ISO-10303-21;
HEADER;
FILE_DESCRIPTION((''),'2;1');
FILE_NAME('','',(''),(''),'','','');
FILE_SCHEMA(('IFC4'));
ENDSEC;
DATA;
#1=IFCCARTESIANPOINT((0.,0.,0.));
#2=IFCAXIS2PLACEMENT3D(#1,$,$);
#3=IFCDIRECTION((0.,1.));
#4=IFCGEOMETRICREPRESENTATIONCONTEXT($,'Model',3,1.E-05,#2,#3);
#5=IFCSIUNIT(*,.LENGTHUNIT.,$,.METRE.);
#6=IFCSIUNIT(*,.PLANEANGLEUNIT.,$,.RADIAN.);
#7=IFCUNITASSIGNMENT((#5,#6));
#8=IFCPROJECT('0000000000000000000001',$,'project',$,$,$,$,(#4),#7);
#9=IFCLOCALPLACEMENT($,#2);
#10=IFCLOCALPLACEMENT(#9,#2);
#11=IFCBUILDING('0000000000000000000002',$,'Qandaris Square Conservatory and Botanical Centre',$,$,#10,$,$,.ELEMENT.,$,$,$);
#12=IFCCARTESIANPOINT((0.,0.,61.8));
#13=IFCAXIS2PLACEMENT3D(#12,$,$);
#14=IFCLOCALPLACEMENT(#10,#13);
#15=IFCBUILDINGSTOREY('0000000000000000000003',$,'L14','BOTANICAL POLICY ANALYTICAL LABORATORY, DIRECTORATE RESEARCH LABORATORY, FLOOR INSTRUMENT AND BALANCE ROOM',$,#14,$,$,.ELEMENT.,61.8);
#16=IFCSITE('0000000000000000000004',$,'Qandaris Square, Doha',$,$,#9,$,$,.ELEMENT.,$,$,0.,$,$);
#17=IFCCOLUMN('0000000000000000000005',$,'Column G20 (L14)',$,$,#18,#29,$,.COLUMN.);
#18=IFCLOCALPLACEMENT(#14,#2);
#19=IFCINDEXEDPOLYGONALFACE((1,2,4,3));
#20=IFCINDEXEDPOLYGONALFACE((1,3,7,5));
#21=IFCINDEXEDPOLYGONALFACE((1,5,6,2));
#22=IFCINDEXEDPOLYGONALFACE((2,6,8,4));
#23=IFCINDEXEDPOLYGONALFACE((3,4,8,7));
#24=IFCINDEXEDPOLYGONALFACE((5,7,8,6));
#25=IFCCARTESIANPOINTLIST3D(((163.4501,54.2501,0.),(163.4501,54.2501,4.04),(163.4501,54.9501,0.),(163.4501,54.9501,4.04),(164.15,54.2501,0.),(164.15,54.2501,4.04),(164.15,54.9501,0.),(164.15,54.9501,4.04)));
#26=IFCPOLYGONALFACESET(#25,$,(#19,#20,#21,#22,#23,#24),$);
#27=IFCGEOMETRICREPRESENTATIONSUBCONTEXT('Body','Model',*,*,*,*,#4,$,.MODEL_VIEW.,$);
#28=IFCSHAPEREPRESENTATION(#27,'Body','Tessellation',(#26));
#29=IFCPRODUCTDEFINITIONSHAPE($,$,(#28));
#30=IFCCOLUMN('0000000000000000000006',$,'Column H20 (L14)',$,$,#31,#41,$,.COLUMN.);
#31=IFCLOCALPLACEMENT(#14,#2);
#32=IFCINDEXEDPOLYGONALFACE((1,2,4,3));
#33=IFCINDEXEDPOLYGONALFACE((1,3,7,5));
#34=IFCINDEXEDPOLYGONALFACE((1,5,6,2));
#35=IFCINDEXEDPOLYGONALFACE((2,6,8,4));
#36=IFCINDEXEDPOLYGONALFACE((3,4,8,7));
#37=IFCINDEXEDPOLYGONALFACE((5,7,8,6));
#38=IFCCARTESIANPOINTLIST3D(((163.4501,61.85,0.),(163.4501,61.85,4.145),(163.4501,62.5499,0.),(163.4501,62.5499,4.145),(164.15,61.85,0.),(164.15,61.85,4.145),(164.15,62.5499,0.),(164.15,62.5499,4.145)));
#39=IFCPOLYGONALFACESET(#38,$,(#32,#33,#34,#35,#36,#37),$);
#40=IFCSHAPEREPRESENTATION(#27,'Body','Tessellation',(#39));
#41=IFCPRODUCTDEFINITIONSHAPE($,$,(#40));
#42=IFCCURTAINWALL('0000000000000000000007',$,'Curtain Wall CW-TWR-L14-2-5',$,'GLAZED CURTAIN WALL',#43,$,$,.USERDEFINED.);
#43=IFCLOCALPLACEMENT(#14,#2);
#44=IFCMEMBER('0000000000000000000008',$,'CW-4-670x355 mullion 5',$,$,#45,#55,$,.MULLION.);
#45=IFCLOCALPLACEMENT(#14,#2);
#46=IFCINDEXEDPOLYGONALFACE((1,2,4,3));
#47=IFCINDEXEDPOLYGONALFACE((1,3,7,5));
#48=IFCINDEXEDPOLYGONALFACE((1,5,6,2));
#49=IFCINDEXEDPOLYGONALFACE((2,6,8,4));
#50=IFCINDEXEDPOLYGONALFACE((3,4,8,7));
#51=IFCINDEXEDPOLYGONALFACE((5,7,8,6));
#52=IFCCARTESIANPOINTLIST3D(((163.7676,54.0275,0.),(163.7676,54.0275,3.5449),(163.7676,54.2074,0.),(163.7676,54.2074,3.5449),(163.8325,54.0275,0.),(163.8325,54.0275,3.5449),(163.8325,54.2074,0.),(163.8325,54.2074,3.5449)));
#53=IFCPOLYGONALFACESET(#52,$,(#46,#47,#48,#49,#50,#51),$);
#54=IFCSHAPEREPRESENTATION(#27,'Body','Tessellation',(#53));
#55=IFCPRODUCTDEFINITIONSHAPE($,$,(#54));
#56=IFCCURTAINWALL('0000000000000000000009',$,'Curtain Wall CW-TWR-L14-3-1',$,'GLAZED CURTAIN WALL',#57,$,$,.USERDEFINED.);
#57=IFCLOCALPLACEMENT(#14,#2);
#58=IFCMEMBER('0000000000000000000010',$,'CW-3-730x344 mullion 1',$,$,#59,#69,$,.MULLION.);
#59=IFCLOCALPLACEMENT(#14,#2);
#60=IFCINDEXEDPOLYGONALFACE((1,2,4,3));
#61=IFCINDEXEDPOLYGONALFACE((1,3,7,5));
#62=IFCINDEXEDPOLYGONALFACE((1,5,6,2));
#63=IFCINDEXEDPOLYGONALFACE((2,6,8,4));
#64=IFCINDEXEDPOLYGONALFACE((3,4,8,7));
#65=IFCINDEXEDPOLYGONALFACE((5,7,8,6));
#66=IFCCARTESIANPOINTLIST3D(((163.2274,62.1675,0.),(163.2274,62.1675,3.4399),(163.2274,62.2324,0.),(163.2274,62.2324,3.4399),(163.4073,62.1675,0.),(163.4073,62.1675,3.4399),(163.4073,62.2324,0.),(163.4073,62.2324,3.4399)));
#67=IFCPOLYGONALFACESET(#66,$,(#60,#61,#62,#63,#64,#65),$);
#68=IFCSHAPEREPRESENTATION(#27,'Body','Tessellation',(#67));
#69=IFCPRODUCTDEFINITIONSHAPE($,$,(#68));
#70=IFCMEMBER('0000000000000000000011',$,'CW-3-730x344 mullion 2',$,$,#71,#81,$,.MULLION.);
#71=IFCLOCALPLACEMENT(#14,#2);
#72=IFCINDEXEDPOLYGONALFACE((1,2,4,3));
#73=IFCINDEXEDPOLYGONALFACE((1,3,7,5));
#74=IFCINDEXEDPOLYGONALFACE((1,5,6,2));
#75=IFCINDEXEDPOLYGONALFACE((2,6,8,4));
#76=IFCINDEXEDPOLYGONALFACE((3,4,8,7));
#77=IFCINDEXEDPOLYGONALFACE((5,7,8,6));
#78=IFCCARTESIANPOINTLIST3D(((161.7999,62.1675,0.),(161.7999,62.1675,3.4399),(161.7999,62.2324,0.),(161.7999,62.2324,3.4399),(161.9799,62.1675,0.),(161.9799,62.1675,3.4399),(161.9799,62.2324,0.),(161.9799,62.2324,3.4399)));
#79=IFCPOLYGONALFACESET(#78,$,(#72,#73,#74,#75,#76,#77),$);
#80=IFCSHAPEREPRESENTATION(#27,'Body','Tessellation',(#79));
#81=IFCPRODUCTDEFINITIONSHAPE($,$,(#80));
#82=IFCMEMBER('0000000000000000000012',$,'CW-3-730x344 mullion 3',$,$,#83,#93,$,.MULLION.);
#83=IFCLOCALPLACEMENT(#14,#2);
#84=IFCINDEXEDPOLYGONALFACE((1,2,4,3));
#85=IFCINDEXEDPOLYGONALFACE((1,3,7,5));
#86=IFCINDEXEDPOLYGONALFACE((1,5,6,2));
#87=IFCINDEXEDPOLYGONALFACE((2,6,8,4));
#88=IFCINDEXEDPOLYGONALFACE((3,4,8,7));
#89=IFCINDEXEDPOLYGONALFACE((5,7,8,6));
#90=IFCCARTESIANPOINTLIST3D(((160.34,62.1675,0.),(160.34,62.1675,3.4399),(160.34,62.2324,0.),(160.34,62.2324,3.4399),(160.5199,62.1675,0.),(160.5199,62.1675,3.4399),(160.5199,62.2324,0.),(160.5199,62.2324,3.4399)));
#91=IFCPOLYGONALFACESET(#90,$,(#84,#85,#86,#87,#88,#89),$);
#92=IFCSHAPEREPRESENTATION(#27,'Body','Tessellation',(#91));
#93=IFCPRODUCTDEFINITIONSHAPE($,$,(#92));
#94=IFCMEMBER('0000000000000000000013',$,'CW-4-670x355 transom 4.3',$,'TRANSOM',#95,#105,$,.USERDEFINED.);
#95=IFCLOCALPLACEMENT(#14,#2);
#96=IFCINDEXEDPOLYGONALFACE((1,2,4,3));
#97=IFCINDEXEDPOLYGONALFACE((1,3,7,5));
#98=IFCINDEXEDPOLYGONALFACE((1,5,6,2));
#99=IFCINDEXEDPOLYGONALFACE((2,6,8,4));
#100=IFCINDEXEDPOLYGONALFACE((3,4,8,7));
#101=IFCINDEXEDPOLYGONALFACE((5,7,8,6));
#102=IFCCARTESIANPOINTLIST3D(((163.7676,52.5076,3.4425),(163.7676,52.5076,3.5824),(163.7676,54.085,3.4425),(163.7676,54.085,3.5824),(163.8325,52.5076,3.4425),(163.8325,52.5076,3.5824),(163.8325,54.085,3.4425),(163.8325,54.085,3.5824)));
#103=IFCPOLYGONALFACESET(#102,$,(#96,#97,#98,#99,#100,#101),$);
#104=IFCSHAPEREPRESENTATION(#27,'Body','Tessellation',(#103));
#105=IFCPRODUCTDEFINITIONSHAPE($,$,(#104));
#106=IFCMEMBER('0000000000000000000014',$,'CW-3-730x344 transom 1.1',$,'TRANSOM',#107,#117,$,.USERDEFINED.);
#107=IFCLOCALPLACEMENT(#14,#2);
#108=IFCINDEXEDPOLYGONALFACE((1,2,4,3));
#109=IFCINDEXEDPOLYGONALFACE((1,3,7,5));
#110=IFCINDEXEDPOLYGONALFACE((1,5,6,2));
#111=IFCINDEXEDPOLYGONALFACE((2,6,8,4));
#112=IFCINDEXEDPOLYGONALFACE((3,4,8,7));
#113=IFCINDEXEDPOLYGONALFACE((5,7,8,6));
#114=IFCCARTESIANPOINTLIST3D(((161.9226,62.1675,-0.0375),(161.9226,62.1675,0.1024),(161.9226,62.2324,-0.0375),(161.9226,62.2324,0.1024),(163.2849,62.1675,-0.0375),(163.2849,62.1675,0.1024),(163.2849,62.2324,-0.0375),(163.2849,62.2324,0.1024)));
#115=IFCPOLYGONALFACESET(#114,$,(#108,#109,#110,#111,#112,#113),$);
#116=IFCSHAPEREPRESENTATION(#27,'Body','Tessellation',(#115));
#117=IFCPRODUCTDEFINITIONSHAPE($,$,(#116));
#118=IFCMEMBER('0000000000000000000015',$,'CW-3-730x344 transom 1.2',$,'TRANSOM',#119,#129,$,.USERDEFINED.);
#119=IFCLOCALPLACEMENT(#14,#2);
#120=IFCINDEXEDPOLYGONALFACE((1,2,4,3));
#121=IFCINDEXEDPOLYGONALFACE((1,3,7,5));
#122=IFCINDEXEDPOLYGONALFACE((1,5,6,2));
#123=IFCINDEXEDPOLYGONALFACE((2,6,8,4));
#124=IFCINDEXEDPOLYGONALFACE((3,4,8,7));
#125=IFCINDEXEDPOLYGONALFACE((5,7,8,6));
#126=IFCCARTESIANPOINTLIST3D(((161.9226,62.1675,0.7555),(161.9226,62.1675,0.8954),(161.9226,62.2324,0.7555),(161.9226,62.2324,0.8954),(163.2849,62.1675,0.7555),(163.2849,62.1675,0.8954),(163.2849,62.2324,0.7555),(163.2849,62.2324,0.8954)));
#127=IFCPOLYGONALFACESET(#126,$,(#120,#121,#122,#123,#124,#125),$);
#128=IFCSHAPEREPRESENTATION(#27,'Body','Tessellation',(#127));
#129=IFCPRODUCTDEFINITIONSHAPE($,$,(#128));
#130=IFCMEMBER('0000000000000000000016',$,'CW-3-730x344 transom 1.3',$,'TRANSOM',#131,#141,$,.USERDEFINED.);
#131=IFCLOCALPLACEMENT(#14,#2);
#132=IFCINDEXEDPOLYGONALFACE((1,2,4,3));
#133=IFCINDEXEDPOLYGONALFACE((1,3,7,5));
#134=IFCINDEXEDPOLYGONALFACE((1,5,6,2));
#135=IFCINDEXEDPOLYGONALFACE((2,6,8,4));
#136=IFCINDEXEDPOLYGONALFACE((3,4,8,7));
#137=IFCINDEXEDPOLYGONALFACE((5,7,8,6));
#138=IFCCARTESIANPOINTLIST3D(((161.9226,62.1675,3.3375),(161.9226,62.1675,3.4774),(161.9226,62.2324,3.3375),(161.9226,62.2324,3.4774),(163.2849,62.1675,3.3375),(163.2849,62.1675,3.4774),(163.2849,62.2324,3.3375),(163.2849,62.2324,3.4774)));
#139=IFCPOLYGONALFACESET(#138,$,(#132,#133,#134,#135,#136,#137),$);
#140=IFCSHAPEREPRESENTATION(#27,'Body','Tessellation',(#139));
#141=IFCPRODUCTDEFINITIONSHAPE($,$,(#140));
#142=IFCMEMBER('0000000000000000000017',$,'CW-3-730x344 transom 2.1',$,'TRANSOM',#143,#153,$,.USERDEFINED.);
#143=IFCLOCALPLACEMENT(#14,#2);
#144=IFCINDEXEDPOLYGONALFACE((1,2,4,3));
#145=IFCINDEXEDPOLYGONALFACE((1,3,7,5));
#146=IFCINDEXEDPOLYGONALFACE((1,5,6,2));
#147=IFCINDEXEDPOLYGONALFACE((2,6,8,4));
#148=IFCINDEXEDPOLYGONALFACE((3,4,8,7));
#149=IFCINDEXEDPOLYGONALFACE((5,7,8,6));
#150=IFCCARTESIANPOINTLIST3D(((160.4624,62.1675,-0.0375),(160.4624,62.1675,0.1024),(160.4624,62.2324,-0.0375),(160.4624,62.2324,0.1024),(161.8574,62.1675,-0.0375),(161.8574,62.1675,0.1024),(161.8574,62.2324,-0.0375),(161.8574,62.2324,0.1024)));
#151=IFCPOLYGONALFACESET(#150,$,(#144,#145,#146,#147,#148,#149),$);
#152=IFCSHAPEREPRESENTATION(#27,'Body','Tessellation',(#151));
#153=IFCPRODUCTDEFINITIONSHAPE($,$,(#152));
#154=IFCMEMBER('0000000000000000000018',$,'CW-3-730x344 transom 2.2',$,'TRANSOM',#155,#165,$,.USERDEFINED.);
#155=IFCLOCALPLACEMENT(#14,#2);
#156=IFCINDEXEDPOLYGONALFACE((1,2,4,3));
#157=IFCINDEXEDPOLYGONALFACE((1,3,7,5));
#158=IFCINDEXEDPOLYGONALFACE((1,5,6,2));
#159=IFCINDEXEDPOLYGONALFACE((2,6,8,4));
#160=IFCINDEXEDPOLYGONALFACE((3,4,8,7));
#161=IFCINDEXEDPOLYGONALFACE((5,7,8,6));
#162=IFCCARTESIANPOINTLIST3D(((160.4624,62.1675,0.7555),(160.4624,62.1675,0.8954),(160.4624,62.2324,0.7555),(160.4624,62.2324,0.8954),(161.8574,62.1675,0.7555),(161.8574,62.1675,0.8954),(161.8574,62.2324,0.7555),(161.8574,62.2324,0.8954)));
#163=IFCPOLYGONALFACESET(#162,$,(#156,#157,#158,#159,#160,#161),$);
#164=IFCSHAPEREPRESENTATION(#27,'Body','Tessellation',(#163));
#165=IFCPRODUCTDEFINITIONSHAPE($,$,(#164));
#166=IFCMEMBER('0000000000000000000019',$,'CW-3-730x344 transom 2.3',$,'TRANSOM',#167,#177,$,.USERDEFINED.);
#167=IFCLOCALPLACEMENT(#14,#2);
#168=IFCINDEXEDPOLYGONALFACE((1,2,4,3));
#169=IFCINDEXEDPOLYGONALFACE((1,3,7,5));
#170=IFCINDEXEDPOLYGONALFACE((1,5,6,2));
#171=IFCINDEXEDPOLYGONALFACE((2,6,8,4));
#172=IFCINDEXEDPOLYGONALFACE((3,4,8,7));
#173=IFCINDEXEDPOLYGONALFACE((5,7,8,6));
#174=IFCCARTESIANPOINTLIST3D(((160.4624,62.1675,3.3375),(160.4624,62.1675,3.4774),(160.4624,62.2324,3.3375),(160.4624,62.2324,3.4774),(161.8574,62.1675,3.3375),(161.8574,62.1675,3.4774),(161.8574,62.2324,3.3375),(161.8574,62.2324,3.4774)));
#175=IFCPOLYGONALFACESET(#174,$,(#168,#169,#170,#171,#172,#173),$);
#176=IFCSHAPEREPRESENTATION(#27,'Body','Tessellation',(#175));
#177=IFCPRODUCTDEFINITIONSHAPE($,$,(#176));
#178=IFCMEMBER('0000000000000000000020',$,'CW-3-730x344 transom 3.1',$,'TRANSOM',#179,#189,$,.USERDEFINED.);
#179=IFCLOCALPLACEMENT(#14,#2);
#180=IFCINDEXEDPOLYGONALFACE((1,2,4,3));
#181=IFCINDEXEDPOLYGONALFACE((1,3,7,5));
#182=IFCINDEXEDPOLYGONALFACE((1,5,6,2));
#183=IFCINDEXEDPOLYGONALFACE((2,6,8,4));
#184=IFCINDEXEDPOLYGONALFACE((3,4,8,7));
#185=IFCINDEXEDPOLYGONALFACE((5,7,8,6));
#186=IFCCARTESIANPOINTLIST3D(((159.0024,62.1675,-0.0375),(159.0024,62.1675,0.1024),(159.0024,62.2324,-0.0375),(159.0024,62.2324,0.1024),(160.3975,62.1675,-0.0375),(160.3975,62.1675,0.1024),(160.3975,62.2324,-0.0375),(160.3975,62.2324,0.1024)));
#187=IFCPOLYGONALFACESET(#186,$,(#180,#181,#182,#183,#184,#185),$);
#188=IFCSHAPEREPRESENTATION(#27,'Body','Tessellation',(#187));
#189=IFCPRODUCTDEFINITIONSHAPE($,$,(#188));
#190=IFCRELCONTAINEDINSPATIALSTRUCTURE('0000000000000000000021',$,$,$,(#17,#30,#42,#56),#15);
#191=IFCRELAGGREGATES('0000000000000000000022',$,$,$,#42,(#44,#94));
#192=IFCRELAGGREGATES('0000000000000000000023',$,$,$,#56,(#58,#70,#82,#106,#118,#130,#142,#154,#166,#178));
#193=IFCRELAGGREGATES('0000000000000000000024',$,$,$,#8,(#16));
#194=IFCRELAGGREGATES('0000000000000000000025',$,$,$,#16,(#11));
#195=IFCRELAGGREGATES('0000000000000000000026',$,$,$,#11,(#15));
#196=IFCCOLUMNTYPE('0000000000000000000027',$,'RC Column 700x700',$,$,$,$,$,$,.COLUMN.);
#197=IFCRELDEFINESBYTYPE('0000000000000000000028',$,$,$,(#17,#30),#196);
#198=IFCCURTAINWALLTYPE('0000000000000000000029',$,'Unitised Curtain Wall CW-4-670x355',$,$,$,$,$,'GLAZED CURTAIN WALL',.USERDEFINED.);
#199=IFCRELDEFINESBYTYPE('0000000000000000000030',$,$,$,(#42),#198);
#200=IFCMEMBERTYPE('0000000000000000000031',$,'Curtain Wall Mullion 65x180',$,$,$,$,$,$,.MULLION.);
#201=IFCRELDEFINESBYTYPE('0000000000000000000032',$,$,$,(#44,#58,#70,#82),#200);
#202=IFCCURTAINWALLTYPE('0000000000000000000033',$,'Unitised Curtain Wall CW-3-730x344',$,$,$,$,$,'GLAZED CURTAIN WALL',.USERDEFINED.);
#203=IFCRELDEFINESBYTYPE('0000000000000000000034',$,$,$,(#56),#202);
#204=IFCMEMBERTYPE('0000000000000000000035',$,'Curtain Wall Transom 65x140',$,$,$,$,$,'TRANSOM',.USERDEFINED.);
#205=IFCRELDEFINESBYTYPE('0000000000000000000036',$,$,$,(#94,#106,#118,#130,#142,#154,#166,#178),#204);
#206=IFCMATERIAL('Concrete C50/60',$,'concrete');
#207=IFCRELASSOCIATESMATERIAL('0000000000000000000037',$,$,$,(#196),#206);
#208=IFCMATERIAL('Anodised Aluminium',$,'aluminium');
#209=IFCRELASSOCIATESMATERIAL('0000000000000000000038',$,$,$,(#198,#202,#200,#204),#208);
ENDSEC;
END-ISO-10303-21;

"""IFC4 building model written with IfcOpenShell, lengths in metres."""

from ifc_helpers import new_model, si_unit, direction, frame, origin, origin_2d, place, context, subcontext, project, spatial, rectangle, extrude, material, material_profile, profile_set, type_object, element, aggregate, save


model = new_model("IFC4")

# Units and contexts
model_context = context("Model", 3, precision=1e-05, world=origin(), true_north=direction((0.0, 1.0)))
body_context = subcontext(model_context, "Body", "Model", "MODEL_VIEW")
ifc_project = project(units=[si_unit("LENGTHUNIT", "METRE"), si_unit("PLANEANGLEUNIT", "RADIAN")], contexts=[model_context])

# Site, building, storey
site_placement = place(None, origin())
site = spatial("IfcSite", under=ifc_project, at=site_placement, Name="Qandaris Square, Doha", CompositionType="ELEMENT", RefElevation=0.0)
building_placement = place(site_placement, origin())
building = spatial("IfcBuilding", under=site, at=building_placement, Name="Qandaris Square Conservatory and Botanical Centre", CompositionType="ELEMENT")
storey_placement = place(building_placement, frame((0.0, 0.0, 61.8)))
storey = spatial("IfcBuildingStorey", under=building, at=storey_placement, Name="L14", Description="BOTANICAL POLICY ANALYTICAL LABORATORY, DIRECTORATE RESEARCH LABORATORY, FLOOR INSTRUMENT AND BALANCE ROOM", CompositionType="ELEMENT", Elevation=61.8)

# Columns
ifc_material_1 = material(Name="Concrete C50/60", Category="concrete")
ifc_material_profile_1 = material_profile(ifc_material_1, rectangle(XDim=0.7, YDim=0.7, at=origin_2d()), Name="RC-COL 700x700")
ifc_profile_set_1 = profile_set([ifc_material_profile_1], Name="Concrete C50/60")
column_type = type_object("IfcColumnType", Name="RC Column 700x700", PredefinedType="COLUMN", material=ifc_profile_set_1)
column_1_placement = place(storey_placement, frame((163.8, 54.6001, 0.0), z_axis=(0.0, 0.0, 1.0), x_axis=(1.0, 0.0, 0.0)))
element("IfcColumn", 1, at=column_1_placement, inside=storey, type_object=column_type, Name="Column G20 (L14)", PredefinedType="COLUMN", context=body_context, shape_type="SweptSolid", body=[
    extrude(rectangle(XDim=0.7, YDim=0.7, at=origin_2d()), origin(), (0.0, 0.0, 1.0), 4.04),
])
column_2_placement = place(storey_placement, frame((163.8, 62.2, 0.0), z_axis=(0.0, 0.0, 1.0), x_axis=(1.0, 0.0, 0.0)))
element("IfcColumn", 2, at=column_2_placement, inside=storey, type_object=column_type, Name="Column H20 (L14)", PredefinedType="COLUMN", context=body_context, shape_type="SweptSolid", body=[
    extrude(rectangle(XDim=0.7, YDim=0.7, at=origin_2d()), origin(), (0.0, 0.0, 1.0), 4.145),
])

# Curtain wall, member
ifc_material_2 = material(Name="Anodised Aluminium", Category="aluminium")
curtain_wall_type_1 = type_object("IfcCurtainWallType", Name="Unitised Curtain Wall CW-4-670x355", ElementType="GLAZED CURTAIN WALL", PredefinedType="USERDEFINED", material=ifc_material_2)
curtain_wall_1_placement = place(storey_placement, origin())
curtain_wall_1 = element("IfcCurtainWall", 3, at=curtain_wall_1_placement, inside=storey, type_object=curtain_wall_type_1, Name="Curtain Wall CW-TWR-L14-2-5", ObjectType="GLAZED CURTAIN WALL", PredefinedType="USERDEFINED")
ifc_material_profile_2 = material_profile(ifc_material_2, rectangle(XDim=0.0649, YDim=0.1799, at=origin_2d()), Name="ALU-MUL 65x180")
ifc_profile_set_2 = profile_set([ifc_material_profile_2], Name="Anodised Aluminium")
member_type_1 = type_object("IfcMemberType", Name="Curtain Wall Mullion 65x180", PredefinedType="MULLION", material=ifc_profile_set_2)
member_1_placement = place(storey_placement, frame((163.8, 54.1174, 0.0), z_axis=(0.0, 0.0, 1.0), x_axis=(-1.0, 0.0, 0.0)))
member_1 = element("IfcMember", 4, at=member_1_placement, type_object=member_type_1, Name="CW-4-670x355 mullion 5", PredefinedType="MULLION", context=body_context, shape_type="SweptSolid", body=[
    extrude(rectangle(XDim=0.0649, YDim=0.1799, at=origin_2d()), origin(), (0.0, 0.0, 1.0), 3.5449),
])

# Curtain wall, members
curtain_wall_type_2 = type_object("IfcCurtainWallType", Name="Unitised Curtain Wall CW-3-730x344", ElementType="GLAZED CURTAIN WALL", PredefinedType="USERDEFINED", material=ifc_material_2)
curtain_wall_2_placement = place(storey_placement, origin())
curtain_wall_2 = element("IfcCurtainWall", 5, at=curtain_wall_2_placement, inside=storey, type_object=curtain_wall_type_2, Name="Curtain Wall CW-TWR-L14-3-1", ObjectType="GLAZED CURTAIN WALL", PredefinedType="USERDEFINED")
member_2_placement = place(storey_placement, frame((163.3174, 62.2, 0.0), z_axis=(0.0, 0.0, 1.0), x_axis=(0.0, -1.0, 0.0)))
member_2 = element("IfcMember", 6, at=member_2_placement, type_object=member_type_1, Name="CW-3-730x344 mullion 1", PredefinedType="MULLION", context=body_context, shape_type="SweptSolid", body=[
    extrude(rectangle(XDim=0.0649, YDim=0.1799, at=origin_2d()), origin(), (0.0, 0.0, 1.0), 3.4399),
])
member_3_placement = place(storey_placement, frame((161.8899, 62.2, 0.0), z_axis=(0.0, 0.0, 1.0), x_axis=(0.0, -1.0, 0.0)))
member_3 = element("IfcMember", 7, at=member_3_placement, type_object=member_type_1, Name="CW-3-730x344 mullion 2", PredefinedType="MULLION", context=body_context, shape_type="SweptSolid", body=[
    extrude(rectangle(XDim=0.0649, YDim=0.1799, at=origin_2d()), origin(), (0.0, 0.0, 1.0), 3.4399),
])
member_4_placement = place(storey_placement, frame((160.4299, 62.2, 0.0), z_axis=(0.0, 0.0, 1.0), x_axis=(0.0, -1.0, 0.0)))
member_4 = element("IfcMember", 8, at=member_4_placement, type_object=member_type_1, Name="CW-3-730x344 mullion 3", PredefinedType="MULLION", context=body_context, shape_type="SweptSolid", body=[
    extrude(rectangle(XDim=0.0649, YDim=0.1799, at=origin_2d()), origin(), (0.0, 0.0, 1.0), 3.4399),
])

# Members
ifc_material_profile_3 = material_profile(ifc_material_2, rectangle(XDim=0.0649, YDim=0.1399, at=origin_2d()), Name="ALU-TRN 65x140")
ifc_profile_set_3 = profile_set([ifc_material_profile_3], Name="Anodised Aluminium")
member_type_2 = type_object("IfcMemberType", Name="Curtain Wall Transom 65x140", ElementType="TRANSOM", PredefinedType="USERDEFINED", material=ifc_profile_set_3)
member_5_placement = place(storey_placement, frame((163.8, 52.5076, 3.5125), z_axis=(0.0, 1.0, 0.0), x_axis=(-1.0, 0.0, 0.0)))
member_5 = element("IfcMember", 9, at=member_5_placement, type_object=member_type_2, Name="CW-4-670x355 transom 4.3", ObjectType="TRANSOM", PredefinedType="USERDEFINED", context=body_context, shape_type="SweptSolid", body=[
    extrude(rectangle(XDim=0.0649, YDim=0.1399, at=origin_2d()), origin(), (0.0, 0.0, 1.0), 1.5774),
])
member_6_placement = place(storey_placement, frame((163.2849, 62.2, 0.0325), z_axis=(-1.0, 0.0, 0.0), x_axis=(0.0, -1.0, 0.0)))
member_6 = element("IfcMember", 10, at=member_6_placement, type_object=member_type_2, Name="CW-3-730x344 transom 1.1", ObjectType="TRANSOM", PredefinedType="USERDEFINED", context=body_context, shape_type="SweptSolid", body=[
    extrude(rectangle(XDim=0.0649, YDim=0.1399, at=origin_2d()), origin(), (0.0, 0.0, 1.0), 1.3623),
])
member_7_placement = place(storey_placement, frame((163.2849, 62.2, 0.8254), z_axis=(-1.0, 0.0, 0.0), x_axis=(0.0, -1.0, 0.0)))
member_7 = element("IfcMember", 11, at=member_7_placement, type_object=member_type_2, Name="CW-3-730x344 transom 1.2", ObjectType="TRANSOM", PredefinedType="USERDEFINED", context=body_context, shape_type="SweptSolid", body=[
    extrude(rectangle(XDim=0.0649, YDim=0.1399, at=origin_2d()), origin(), (0.0, 0.0, 1.0), 1.3623),
])
member_8_placement = place(storey_placement, frame((163.2849, 62.2, 3.4075), z_axis=(-1.0, 0.0, 0.0), x_axis=(0.0, -1.0, 0.0)))
member_8 = element("IfcMember", 12, at=member_8_placement, type_object=member_type_2, Name="CW-3-730x344 transom 1.3", ObjectType="TRANSOM", PredefinedType="USERDEFINED", context=body_context, shape_type="SweptSolid", body=[
    extrude(rectangle(XDim=0.0649, YDim=0.1399, at=origin_2d()), origin(), (0.0, 0.0, 1.0), 1.3623),
])
member_9_placement = place(storey_placement, frame((161.8574, 62.2, 0.0325), z_axis=(-1.0, 0.0, 0.0), x_axis=(0.0, -1.0, 0.0)))
member_9 = element("IfcMember", 13, at=member_9_placement, type_object=member_type_2, Name="CW-3-730x344 transom 2.1", ObjectType="TRANSOM", PredefinedType="USERDEFINED", context=body_context, shape_type="SweptSolid", body=[
    extrude(rectangle(XDim=0.0649, YDim=0.1399, at=origin_2d()), origin(), (0.0, 0.0, 1.0), 1.395),
])
member_10_placement = place(storey_placement, frame((161.8574, 62.2, 0.8254), z_axis=(-1.0, 0.0, 0.0), x_axis=(0.0, -1.0, 0.0)))
member_10 = element("IfcMember", 14, at=member_10_placement, type_object=member_type_2, Name="CW-3-730x344 transom 2.2", ObjectType="TRANSOM", PredefinedType="USERDEFINED", context=body_context, shape_type="SweptSolid", body=[
    extrude(rectangle(XDim=0.0649, YDim=0.1399, at=origin_2d()), origin(), (0.0, 0.0, 1.0), 1.395),
])
member_11_placement = place(storey_placement, frame((161.8574, 62.2, 3.4075), z_axis=(-1.0, 0.0, 0.0), x_axis=(0.0, -1.0, 0.0)))
member_11 = element("IfcMember", 15, at=member_11_placement, type_object=member_type_2, Name="CW-3-730x344 transom 2.3", ObjectType="TRANSOM", PredefinedType="USERDEFINED", context=body_context, shape_type="SweptSolid", body=[
    extrude(rectangle(XDim=0.0649, YDim=0.1399, at=origin_2d()), origin(), (0.0, 0.0, 1.0), 1.395),
])
member_12_placement = place(storey_placement, frame((160.3975, 62.2, 0.0325), z_axis=(-1.0, 0.0, 0.0), x_axis=(0.0, -1.0, 0.0)))
member_12 = element("IfcMember", 16, at=member_12_placement, type_object=member_type_2, Name="CW-3-730x344 transom 3.1", ObjectType="TRANSOM", PredefinedType="USERDEFINED", context=body_context, shape_type="SweptSolid", body=[
    extrude(rectangle(XDim=0.0649, YDim=0.1399, at=origin_2d()), origin(), (0.0, 0.0, 1.0), 1.395),
])

aggregate(curtain_wall_1, [member_1, member_5])
aggregate(curtain_wall_2, [member_2, member_3, member_4, member_6, member_7, member_8, member_9, member_10, member_11, member_12])

save(model, "model.ifc")
